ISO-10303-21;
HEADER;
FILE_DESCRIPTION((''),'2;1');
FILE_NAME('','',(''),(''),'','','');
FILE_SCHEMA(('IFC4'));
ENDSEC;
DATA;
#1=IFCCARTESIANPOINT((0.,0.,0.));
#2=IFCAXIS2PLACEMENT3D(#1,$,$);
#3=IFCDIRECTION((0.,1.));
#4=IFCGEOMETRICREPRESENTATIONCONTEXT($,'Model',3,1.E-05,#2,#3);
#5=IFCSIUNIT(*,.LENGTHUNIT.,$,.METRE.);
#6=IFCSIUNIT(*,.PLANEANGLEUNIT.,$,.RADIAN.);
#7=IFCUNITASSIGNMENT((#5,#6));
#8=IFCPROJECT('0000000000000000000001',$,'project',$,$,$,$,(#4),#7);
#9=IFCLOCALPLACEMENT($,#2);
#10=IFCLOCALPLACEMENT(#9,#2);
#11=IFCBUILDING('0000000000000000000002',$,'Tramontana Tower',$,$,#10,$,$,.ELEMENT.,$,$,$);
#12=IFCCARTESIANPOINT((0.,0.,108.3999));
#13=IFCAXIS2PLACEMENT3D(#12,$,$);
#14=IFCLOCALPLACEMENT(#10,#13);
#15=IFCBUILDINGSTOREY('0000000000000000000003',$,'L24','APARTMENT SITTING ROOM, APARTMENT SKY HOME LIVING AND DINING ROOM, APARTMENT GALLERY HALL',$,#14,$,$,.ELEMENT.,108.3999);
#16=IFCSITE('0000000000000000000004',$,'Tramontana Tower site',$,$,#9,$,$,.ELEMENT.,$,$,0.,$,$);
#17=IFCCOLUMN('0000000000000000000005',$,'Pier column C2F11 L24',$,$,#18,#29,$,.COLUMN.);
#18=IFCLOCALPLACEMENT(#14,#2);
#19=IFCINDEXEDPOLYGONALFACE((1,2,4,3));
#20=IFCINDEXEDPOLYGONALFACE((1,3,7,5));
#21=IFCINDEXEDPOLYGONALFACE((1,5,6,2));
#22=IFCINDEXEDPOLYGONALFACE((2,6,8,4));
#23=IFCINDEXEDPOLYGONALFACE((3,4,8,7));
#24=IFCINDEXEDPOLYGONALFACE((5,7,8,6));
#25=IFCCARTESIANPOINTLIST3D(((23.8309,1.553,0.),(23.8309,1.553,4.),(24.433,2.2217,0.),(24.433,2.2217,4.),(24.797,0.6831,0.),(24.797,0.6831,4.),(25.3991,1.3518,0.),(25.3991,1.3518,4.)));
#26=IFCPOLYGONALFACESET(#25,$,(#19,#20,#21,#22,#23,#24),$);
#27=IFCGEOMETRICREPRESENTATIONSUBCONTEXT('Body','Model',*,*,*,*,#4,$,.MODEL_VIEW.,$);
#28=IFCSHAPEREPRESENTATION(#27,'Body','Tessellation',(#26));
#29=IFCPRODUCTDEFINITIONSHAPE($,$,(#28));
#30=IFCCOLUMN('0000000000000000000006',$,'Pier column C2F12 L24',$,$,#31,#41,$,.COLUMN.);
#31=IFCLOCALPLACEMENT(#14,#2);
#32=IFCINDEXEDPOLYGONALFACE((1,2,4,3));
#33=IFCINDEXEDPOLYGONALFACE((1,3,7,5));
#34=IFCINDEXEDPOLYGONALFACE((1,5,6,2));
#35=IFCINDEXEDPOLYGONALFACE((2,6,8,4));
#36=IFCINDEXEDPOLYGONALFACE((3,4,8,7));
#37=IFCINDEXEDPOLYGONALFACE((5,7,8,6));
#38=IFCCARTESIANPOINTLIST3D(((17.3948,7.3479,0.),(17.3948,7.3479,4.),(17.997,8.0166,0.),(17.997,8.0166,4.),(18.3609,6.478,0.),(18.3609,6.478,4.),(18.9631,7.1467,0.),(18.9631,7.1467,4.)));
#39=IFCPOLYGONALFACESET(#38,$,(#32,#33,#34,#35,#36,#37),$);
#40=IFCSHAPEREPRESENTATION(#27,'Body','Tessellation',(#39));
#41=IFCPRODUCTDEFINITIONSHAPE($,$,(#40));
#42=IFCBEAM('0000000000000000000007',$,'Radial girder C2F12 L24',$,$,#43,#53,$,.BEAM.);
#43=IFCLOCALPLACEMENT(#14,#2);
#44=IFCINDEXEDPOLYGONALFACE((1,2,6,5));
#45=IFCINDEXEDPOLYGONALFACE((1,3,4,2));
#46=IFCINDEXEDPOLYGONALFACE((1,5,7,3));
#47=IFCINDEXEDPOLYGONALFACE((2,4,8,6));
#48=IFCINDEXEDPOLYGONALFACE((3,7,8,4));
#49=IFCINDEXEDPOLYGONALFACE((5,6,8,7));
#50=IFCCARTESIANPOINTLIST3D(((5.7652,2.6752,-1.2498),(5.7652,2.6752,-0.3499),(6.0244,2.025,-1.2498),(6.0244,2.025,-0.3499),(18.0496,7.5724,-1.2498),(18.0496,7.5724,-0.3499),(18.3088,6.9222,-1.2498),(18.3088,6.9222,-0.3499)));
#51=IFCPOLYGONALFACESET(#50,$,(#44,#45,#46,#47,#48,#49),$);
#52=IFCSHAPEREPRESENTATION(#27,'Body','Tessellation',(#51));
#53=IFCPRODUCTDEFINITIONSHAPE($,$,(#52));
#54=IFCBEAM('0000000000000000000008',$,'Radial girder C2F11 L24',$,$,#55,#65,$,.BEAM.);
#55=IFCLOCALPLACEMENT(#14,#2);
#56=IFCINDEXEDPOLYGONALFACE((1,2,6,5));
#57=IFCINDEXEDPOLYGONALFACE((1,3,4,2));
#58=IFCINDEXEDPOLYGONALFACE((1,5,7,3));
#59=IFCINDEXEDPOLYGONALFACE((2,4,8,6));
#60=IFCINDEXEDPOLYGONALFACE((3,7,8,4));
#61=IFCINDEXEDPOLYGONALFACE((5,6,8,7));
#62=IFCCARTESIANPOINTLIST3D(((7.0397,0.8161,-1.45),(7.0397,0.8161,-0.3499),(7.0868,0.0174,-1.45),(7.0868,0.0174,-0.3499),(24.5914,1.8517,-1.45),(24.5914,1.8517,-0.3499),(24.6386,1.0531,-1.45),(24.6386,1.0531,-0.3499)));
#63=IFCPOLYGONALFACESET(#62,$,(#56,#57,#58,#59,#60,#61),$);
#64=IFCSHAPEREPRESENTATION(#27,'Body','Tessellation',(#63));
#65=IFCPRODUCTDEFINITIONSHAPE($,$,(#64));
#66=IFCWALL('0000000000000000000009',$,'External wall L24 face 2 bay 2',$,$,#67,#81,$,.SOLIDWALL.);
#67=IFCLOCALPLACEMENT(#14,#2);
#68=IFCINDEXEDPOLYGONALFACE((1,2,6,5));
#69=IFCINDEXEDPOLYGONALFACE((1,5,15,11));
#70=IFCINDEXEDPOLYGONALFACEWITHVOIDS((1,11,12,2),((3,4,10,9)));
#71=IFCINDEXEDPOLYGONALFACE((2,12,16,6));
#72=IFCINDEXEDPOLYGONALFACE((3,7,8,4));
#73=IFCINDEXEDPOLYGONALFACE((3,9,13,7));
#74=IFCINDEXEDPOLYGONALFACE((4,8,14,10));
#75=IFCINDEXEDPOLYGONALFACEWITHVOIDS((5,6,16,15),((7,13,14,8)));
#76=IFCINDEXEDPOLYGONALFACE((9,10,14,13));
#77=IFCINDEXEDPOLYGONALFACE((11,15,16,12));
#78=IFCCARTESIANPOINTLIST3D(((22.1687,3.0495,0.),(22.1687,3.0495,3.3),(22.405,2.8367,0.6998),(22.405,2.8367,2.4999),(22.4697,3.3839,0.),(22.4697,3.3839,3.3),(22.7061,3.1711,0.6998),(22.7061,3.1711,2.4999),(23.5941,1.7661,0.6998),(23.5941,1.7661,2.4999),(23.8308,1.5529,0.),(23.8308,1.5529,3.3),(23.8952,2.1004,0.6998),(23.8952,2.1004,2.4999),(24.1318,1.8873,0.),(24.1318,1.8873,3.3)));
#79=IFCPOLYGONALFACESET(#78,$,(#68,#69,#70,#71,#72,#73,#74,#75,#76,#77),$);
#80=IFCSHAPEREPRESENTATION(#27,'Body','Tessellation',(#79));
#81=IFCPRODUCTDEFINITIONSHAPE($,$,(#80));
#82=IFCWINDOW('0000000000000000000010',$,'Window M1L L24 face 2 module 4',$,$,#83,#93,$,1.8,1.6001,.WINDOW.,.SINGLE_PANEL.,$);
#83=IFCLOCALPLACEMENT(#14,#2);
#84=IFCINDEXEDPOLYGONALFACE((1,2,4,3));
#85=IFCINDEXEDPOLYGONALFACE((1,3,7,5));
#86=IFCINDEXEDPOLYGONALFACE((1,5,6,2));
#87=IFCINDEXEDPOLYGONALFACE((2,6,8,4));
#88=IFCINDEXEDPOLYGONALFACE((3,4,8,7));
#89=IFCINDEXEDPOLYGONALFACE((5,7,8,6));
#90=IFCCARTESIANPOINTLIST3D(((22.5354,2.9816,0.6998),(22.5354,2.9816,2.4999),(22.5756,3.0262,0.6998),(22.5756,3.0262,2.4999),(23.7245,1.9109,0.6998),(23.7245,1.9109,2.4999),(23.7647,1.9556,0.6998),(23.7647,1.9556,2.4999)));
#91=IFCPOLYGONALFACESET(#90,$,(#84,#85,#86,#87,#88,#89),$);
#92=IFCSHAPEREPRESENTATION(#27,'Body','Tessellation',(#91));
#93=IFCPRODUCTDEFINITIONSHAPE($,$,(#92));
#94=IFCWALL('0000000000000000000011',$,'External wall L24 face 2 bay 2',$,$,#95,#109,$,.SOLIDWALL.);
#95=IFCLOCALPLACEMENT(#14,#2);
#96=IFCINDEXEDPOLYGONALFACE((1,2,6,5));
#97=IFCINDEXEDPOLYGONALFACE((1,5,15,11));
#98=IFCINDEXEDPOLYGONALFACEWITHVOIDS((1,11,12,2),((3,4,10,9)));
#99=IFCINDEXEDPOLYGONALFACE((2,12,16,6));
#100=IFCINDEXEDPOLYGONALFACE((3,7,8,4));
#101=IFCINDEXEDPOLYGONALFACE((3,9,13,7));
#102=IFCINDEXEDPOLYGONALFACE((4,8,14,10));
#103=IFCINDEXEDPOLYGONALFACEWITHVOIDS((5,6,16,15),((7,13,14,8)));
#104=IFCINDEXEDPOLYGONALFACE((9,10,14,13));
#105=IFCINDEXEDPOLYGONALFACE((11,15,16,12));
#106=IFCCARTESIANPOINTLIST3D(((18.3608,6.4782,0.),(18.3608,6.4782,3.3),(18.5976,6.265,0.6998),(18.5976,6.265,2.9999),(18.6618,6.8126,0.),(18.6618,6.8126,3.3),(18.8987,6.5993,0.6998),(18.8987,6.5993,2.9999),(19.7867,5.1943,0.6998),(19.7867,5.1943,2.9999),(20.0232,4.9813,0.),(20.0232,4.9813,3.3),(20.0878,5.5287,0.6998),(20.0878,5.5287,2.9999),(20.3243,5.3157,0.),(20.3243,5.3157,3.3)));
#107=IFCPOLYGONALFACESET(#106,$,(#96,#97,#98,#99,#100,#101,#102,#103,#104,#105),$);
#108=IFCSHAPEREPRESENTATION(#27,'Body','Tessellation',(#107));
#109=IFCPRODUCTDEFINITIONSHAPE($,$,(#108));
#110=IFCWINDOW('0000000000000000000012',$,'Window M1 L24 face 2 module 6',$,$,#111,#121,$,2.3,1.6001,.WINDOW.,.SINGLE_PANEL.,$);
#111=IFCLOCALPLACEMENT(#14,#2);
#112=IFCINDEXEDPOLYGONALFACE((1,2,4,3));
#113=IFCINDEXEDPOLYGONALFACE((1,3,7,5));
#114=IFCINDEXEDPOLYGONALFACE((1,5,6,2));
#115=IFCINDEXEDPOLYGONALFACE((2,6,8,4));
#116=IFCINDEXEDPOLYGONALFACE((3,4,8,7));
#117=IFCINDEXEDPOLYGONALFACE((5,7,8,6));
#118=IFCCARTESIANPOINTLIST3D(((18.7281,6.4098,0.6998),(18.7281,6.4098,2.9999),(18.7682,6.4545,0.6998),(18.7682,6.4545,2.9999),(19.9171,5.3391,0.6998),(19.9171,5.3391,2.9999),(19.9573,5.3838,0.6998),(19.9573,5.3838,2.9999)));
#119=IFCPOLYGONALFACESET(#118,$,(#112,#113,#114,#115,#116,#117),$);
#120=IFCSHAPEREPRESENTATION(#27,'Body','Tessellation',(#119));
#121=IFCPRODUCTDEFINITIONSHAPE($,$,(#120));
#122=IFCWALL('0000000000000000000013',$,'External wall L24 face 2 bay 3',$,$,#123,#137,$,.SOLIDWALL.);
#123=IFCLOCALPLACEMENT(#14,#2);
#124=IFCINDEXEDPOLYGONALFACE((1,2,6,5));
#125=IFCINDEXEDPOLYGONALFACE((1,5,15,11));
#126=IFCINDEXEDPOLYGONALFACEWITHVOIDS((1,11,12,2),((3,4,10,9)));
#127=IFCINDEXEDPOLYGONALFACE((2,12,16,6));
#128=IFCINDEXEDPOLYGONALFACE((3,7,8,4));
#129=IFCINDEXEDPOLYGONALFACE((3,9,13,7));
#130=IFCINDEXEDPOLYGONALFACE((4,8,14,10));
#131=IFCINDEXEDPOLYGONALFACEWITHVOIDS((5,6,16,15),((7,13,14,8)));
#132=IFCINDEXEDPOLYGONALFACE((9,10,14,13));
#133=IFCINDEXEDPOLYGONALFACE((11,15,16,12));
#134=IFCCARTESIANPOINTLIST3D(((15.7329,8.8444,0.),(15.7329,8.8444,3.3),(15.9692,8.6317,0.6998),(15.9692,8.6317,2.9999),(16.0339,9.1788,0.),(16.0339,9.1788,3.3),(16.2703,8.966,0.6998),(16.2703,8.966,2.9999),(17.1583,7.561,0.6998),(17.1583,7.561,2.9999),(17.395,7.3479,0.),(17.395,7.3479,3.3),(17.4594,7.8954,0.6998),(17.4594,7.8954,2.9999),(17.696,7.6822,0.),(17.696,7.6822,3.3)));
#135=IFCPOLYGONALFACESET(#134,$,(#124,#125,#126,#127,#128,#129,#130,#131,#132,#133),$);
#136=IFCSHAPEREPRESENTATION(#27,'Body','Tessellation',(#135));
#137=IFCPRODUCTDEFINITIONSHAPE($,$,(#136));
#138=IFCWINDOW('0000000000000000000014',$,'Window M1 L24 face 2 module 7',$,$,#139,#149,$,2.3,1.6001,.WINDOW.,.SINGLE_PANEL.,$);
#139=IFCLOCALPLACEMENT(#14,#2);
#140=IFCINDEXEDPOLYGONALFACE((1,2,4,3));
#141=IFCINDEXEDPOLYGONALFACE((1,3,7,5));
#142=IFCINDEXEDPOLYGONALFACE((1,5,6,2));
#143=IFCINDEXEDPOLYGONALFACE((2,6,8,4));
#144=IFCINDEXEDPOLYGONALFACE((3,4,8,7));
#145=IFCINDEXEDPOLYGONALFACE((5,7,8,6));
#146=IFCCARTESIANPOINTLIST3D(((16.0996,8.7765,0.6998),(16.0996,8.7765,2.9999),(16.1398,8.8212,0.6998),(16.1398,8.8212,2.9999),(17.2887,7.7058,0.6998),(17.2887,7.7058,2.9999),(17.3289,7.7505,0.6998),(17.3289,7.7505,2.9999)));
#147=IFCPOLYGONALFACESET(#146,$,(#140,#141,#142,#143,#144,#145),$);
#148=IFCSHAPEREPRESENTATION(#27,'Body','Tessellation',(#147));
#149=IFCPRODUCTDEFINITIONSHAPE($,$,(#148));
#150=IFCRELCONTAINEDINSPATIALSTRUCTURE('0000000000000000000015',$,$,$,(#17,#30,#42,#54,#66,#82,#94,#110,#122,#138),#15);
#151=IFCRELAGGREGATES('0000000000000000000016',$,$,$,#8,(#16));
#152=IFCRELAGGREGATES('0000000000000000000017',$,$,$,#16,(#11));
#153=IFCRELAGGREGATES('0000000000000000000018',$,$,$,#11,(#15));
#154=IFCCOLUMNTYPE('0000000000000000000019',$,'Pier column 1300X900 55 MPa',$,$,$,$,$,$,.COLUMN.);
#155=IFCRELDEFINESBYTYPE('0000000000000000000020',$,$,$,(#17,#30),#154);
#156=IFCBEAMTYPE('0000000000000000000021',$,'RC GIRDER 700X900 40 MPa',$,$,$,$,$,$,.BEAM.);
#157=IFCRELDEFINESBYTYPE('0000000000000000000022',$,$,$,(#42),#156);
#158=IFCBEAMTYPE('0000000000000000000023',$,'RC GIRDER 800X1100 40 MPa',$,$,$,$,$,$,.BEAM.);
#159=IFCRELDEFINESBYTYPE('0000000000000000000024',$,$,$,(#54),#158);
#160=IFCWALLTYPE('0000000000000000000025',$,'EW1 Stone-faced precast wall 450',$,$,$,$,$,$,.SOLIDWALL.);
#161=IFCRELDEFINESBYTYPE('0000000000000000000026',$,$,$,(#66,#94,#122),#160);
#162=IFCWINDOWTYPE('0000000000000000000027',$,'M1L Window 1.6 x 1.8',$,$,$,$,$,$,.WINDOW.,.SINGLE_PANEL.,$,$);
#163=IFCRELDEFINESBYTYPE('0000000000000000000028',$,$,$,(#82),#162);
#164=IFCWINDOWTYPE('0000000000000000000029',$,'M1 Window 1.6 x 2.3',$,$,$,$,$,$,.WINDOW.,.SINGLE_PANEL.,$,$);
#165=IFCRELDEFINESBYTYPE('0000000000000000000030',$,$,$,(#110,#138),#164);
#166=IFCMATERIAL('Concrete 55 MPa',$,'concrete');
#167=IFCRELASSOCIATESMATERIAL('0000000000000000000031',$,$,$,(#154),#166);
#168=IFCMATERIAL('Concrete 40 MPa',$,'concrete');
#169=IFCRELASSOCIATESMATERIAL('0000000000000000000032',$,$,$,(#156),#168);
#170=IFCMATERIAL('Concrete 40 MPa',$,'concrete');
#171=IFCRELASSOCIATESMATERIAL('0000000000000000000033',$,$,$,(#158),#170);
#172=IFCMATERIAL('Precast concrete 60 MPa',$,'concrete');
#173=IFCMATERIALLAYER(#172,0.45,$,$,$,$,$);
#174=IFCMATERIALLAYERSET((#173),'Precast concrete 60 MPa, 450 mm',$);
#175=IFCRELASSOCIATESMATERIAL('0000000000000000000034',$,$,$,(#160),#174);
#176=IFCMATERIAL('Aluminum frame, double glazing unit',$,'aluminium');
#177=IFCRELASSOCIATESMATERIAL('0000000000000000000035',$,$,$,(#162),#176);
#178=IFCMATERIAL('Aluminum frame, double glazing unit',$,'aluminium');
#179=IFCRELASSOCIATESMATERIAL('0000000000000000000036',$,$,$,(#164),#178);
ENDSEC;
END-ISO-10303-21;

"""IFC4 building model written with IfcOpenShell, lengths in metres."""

from ifc_helpers import new_model, si_unit, direction, frame, frame_2d, origin, origin_2d, place, context, subcontext, project, spatial, rectangle, extrude, material, layer, layer_set, material_profile, profile_set, type_object, element, fill, save


model = new_model("IFC4")

# Units and contexts
model_context = context("Model", 3, precision=1e-05, world=origin(), true_north=direction((0.0, 1.0)))
body_context = subcontext(model_context, "Body", "Model", "MODEL_VIEW")
ifc_project = project(units=[si_unit("LENGTHUNIT", "METRE"), si_unit("PLANEANGLEUNIT", "RADIAN")], contexts=[model_context])

# Site, building, storey
site_placement = place(None, origin())
site = spatial("IfcSite", under=ifc_project, at=site_placement, Name="Tramontana Tower site", CompositionType="ELEMENT", RefElevation=0.0)
building_placement = place(site_placement, origin())
building = spatial("IfcBuilding", under=site, at=building_placement, Name="Tramontana Tower", CompositionType="ELEMENT")
storey_placement = place(building_placement, frame((0.0, 0.0, 108.3999)))
storey = spatial("IfcBuildingStorey", under=building, at=storey_placement, Name="L24", Description="APARTMENT SITTING ROOM, APARTMENT SKY HOME LIVING AND DINING ROOM, APARTMENT GALLERY HALL", CompositionType="ELEMENT", Elevation=108.3999)

# Columns
ifc_material_1 = material(Name="Concrete 55 MPa", Category="concrete")
ifc_material_profile_1 = material_profile(ifc_material_1, rectangle(XDim=1.3, YDim=0.8999, at=origin_2d()), Name="Pier column 1300X900 55 MPa")
ifc_profile_set_1 = profile_set([ifc_material_profile_1], Name="Concrete 55 MPa")
column_type = type_object("IfcColumnType", Name="Pier column 1300X900 55 MPa", PredefinedType="COLUMN", material=ifc_profile_set_1)
for number, where, z_axis, x_axis, name in (
    (1, (24.615, 1.4524, 0.0), (0.0, 0.0, 1.0), (-0.743145, 0.669131, 0.0), "Pier column C2F11 L24"),
    (2, (18.179, 7.2473, 0.0), (0.0, 0.0, 1.0), (-0.743145, 0.669131, 0.0), "Pier column C2F12 L24"),
):
    element("IfcColumn", number, at=place(storey_placement, frame(where, z_axis=z_axis, x_axis=x_axis)), inside=storey, type_object=column_type, Name=name, PredefinedType="COLUMN", context=body_context, shape_type="SweptSolid", body=[
        extrude(rectangle(XDim=1.3, YDim=0.8999, at=origin_2d()), origin(), (0.0, 0.0, 1.0), 4.0),
    ])

# Beams
ifc_material_2 = material(Name="Concrete 40 MPa", Category="concrete")
ifc_material_profile_2 = material_profile(ifc_material_2, rectangle(XDim=0.7, YDim=0.8999, at=origin_2d()), Name="RC GIRDER 700X900 40 MPa")
ifc_profile_set_2 = profile_set([ifc_material_profile_2], Name="Concrete 40 MPa")
beam_type_1 = type_object("IfcBeamType", Name="RC GIRDER 700X900 40 MPa", PredefinedType="BEAM", material=ifc_profile_set_2)
beam_1_placement = place(storey_placement, frame((18.1792, 7.2473, -0.7998), z_axis=(-0.928908, -0.370311, 0.0), x_axis=(0.370311, -0.928908, 0.0)))
element("IfcBeam", 3, at=beam_1_placement, inside=storey, type_object=beam_type_1, Name="Radial girder C2F12 L24", PredefinedType="BEAM", context=body_context, shape_type="SweptSolid", body=[
    extrude(rectangle(XDim=0.7, YDim=0.8999, at=origin_2d()), origin(), (0.0, 0.0, 1.0), 13.2246),
])
ifc_material_3 = material(Name="Concrete 40 MPa", Category="concrete")
ifc_material_profile_3 = material_profile(ifc_material_3, rectangle(XDim=0.8, YDim=1.1001, at=origin_2d()), Name="RC GIRDER 800X1100 40 MPa")
ifc_profile_set_3 = profile_set([ifc_material_profile_3], Name="Concrete 40 MPa")
beam_type_2 = type_object("IfcBeamType", Name="RC GIRDER 800X1100 40 MPa", PredefinedType="BEAM", material=ifc_profile_set_3)
beam_2_placement = place(storey_placement, frame((24.615, 1.4524, -0.8999), z_axis=(-0.998264, -0.058903, 0.0), x_axis=(0.058903, -0.998264, 0.0)))
element("IfcBeam", 4, at=beam_2_placement, inside=storey, type_object=beam_type_2, Name="Radial girder C2F11 L24", PredefinedType="BEAM", context=body_context, shape_type="SweptSolid", body=[
    extrude(rectangle(XDim=0.8, YDim=1.1001, at=origin_2d()), origin(), (0.0, 0.0, 1.0), 17.5823),
])

# Walls, openings, windows
ifc_material_4 = material(Name="Precast concrete 60 MPa", Category="concrete")
ifc_layer_1 = layer(ifc_material_4, 0.45)
ifc_layer_set_1 = layer_set([ifc_layer_1], Name="Precast concrete 60 MPa, 450 mm")
wall_type_1 = type_object("IfcWallType", Name="EW1 Stone-faced precast wall 450", PredefinedType="SOLIDWALL", material=ifc_layer_set_1)
wall_1_placement = place(storey_placement, frame((23.9812, 1.7202, 0.0), z_axis=(0.0, 0.0, 1.0), x_axis=(-0.743142, 0.669134, 0.0)))
wall_1 = element("IfcWall", 5, at=wall_1_placement, inside=storey, type_object=wall_type_1, Name="External wall L24 face 2 bay 2", PredefinedType="SOLIDWALL", context=body_context, shape_type="SweptSolid", body=[
    extrude(rectangle(XDim=2.2366, YDim=0.45, at=frame_2d((1.1182, 0.0))), origin(), (0.0, 0.0, 1.0), 3.3),
])
opening_1_placement = place(wall_1_placement, frame((0.3184, 0.0, 0.7)))
opening_1 = element("IfcOpeningElement", 6, at=opening_1_placement, cuts=wall_1, PredefinedType="OPENING", context=body_context, shape_type="SweptSolid", body=[
    extrude(rectangle(XDim=1.6001, YDim=1.8, at=frame_2d((0.8, 0.8999))), frame((0.0, 0.2349, 0.0), z_axis=(0.0, -1.0, 0.0), x_axis=(1.0, 0.0, 0.0)), (0.0, 0.0, 1.0), 0.47),
])
ifc_material_5 = material(Name="Aluminum frame, double glazing unit", Category="aluminium")
window_type_1 = type_object("IfcWindowType", Name="M1L Window 1.6 x 1.8", PartitioningType="SINGLE_PANEL", PredefinedType="WINDOW", material=ifc_material_5)
window_1_placement = place(opening_1_placement, origin())
window_1 = element("IfcWindow", 7, at=window_1_placement, inside=storey, type_object=window_type_1, Name="Window M1L L24 face 2 module 4", OverallHeight=1.8, OverallWidth=1.6001, PartitioningType="SINGLE_PANEL", PredefinedType="WINDOW", context=body_context, shape_type="SweptSolid", body=[
    extrude(rectangle(XDim=1.6001, YDim=1.8, at=frame_2d((0.8, 0.8999))), frame((0.0, 0.03, 0.0), z_axis=(0.0, -1.0, 0.0), x_axis=(1.0, 0.0, 0.0)), (0.0, 0.0, 1.0), 0.0601),
])
fill(opening_1, window_1)
wall_2_placement = place(storey_placement, frame((20.1738, 5.1484, 0.0), z_axis=(0.0, 0.0, 1.0), x_axis=(-0.743137, 0.66914, 0.0)))
wall_2 = element("IfcWall", 8, at=wall_2_placement, inside=storey, type_object=wall_type_1, Name="External wall L24 face 2 bay 2", PredefinedType="SOLIDWALL", context=body_context, shape_type="SweptSolid", body=[
    extrude(rectangle(XDim=2.2371, YDim=0.45, at=frame_2d((1.1187, 0.0))), origin(), (0.0, 0.0, 1.0), 3.3),
])
opening_2_placement = place(wall_2_placement, frame((0.3184, 0.0, 0.7)))
opening_2 = element("IfcOpeningElement", 9, at=opening_2_placement, cuts=wall_2, PredefinedType="OPENING", context=body_context, shape_type="SweptSolid", body=[
    extrude(rectangle(XDim=1.6001, YDim=2.3, at=frame_2d((0.8, 1.1499))), frame((0.0, 0.2349, 0.0), z_axis=(0.0, -1.0, 0.0), x_axis=(1.0, 0.0, 0.0)), (0.0, 0.0, 1.0), 0.47),
])
ifc_material_6 = material(Name="Aluminum frame, double glazing unit", Category="aluminium")
window_type_2 = type_object("IfcWindowType", Name="M1 Window 1.6 x 2.3", PartitioningType="SINGLE_PANEL", PredefinedType="WINDOW", material=ifc_material_6)
window_2_placement = place(opening_2_placement, origin())
window_2 = element("IfcWindow", 10, at=window_2_placement, inside=storey, type_object=window_type_2, Name="Window M1 L24 face 2 module 6", OverallHeight=2.3, OverallWidth=1.6001, PartitioningType="SINGLE_PANEL", PredefinedType="WINDOW", context=body_context, shape_type="SweptSolid", body=[
    extrude(rectangle(XDim=1.6001, YDim=2.3, at=frame_2d((0.8, 1.1499))), frame((0.0, 0.03, 0.0), z_axis=(0.0, -1.0, 0.0), x_axis=(1.0, 0.0, 0.0)), (0.0, 0.0, 1.0), 0.0601),
])
fill(opening_2, window_2)
wall_3_placement = place(storey_placement, frame((17.5454, 7.5151, 0.0), z_axis=(0.0, 0.0, 1.0), x_axis=(-0.743142, 0.669134, 0.0)))
wall_3 = element("IfcWall", 11, at=wall_3_placement, inside=storey, type_object=wall_type_1, Name="External wall L24 face 2 bay 3", PredefinedType="SOLIDWALL", context=body_context, shape_type="SweptSolid", body=[
    extrude(rectangle(XDim=2.2366, YDim=0.45, at=frame_2d((1.1182, 0.0))), origin(), (0.0, 0.0, 1.0), 3.3),
])
opening_3_placement = place(wall_3_placement, frame((0.3184, 0.0, 0.7)))
opening_3 = element("IfcOpeningElement", 12, at=opening_3_placement, cuts=wall_3, PredefinedType="OPENING", context=body_context, shape_type="SweptSolid", body=[
    extrude(rectangle(XDim=1.6001, YDim=2.3, at=frame_2d((0.8, 1.1499))), frame((0.0, 0.2349, 0.0), z_axis=(0.0, -1.0, 0.0), x_axis=(1.0, 0.0, 0.0)), (0.0, 0.0, 1.0), 0.47),
])
window_3_placement = place(opening_3_placement, origin())
window_3 = element("IfcWindow", 13, at=window_3_placement, inside=storey, type_object=window_type_2, Name="Window M1 L24 face 2 module 7", OverallHeight=2.3, OverallWidth=1.6001, PartitioningType="SINGLE_PANEL", PredefinedType="WINDOW", context=body_context, shape_type="SweptSolid", body=[
    extrude(rectangle(XDim=1.6001, YDim=2.3, at=frame_2d((0.8, 1.1499))), frame((0.0, 0.03, 0.0), z_axis=(0.0, -1.0, 0.0), x_axis=(1.0, 0.0, 0.0)), (0.0, 0.0, 1.0), 0.0601),
])
fill(opening_3, window_3)

save(model, "model.ifc")
